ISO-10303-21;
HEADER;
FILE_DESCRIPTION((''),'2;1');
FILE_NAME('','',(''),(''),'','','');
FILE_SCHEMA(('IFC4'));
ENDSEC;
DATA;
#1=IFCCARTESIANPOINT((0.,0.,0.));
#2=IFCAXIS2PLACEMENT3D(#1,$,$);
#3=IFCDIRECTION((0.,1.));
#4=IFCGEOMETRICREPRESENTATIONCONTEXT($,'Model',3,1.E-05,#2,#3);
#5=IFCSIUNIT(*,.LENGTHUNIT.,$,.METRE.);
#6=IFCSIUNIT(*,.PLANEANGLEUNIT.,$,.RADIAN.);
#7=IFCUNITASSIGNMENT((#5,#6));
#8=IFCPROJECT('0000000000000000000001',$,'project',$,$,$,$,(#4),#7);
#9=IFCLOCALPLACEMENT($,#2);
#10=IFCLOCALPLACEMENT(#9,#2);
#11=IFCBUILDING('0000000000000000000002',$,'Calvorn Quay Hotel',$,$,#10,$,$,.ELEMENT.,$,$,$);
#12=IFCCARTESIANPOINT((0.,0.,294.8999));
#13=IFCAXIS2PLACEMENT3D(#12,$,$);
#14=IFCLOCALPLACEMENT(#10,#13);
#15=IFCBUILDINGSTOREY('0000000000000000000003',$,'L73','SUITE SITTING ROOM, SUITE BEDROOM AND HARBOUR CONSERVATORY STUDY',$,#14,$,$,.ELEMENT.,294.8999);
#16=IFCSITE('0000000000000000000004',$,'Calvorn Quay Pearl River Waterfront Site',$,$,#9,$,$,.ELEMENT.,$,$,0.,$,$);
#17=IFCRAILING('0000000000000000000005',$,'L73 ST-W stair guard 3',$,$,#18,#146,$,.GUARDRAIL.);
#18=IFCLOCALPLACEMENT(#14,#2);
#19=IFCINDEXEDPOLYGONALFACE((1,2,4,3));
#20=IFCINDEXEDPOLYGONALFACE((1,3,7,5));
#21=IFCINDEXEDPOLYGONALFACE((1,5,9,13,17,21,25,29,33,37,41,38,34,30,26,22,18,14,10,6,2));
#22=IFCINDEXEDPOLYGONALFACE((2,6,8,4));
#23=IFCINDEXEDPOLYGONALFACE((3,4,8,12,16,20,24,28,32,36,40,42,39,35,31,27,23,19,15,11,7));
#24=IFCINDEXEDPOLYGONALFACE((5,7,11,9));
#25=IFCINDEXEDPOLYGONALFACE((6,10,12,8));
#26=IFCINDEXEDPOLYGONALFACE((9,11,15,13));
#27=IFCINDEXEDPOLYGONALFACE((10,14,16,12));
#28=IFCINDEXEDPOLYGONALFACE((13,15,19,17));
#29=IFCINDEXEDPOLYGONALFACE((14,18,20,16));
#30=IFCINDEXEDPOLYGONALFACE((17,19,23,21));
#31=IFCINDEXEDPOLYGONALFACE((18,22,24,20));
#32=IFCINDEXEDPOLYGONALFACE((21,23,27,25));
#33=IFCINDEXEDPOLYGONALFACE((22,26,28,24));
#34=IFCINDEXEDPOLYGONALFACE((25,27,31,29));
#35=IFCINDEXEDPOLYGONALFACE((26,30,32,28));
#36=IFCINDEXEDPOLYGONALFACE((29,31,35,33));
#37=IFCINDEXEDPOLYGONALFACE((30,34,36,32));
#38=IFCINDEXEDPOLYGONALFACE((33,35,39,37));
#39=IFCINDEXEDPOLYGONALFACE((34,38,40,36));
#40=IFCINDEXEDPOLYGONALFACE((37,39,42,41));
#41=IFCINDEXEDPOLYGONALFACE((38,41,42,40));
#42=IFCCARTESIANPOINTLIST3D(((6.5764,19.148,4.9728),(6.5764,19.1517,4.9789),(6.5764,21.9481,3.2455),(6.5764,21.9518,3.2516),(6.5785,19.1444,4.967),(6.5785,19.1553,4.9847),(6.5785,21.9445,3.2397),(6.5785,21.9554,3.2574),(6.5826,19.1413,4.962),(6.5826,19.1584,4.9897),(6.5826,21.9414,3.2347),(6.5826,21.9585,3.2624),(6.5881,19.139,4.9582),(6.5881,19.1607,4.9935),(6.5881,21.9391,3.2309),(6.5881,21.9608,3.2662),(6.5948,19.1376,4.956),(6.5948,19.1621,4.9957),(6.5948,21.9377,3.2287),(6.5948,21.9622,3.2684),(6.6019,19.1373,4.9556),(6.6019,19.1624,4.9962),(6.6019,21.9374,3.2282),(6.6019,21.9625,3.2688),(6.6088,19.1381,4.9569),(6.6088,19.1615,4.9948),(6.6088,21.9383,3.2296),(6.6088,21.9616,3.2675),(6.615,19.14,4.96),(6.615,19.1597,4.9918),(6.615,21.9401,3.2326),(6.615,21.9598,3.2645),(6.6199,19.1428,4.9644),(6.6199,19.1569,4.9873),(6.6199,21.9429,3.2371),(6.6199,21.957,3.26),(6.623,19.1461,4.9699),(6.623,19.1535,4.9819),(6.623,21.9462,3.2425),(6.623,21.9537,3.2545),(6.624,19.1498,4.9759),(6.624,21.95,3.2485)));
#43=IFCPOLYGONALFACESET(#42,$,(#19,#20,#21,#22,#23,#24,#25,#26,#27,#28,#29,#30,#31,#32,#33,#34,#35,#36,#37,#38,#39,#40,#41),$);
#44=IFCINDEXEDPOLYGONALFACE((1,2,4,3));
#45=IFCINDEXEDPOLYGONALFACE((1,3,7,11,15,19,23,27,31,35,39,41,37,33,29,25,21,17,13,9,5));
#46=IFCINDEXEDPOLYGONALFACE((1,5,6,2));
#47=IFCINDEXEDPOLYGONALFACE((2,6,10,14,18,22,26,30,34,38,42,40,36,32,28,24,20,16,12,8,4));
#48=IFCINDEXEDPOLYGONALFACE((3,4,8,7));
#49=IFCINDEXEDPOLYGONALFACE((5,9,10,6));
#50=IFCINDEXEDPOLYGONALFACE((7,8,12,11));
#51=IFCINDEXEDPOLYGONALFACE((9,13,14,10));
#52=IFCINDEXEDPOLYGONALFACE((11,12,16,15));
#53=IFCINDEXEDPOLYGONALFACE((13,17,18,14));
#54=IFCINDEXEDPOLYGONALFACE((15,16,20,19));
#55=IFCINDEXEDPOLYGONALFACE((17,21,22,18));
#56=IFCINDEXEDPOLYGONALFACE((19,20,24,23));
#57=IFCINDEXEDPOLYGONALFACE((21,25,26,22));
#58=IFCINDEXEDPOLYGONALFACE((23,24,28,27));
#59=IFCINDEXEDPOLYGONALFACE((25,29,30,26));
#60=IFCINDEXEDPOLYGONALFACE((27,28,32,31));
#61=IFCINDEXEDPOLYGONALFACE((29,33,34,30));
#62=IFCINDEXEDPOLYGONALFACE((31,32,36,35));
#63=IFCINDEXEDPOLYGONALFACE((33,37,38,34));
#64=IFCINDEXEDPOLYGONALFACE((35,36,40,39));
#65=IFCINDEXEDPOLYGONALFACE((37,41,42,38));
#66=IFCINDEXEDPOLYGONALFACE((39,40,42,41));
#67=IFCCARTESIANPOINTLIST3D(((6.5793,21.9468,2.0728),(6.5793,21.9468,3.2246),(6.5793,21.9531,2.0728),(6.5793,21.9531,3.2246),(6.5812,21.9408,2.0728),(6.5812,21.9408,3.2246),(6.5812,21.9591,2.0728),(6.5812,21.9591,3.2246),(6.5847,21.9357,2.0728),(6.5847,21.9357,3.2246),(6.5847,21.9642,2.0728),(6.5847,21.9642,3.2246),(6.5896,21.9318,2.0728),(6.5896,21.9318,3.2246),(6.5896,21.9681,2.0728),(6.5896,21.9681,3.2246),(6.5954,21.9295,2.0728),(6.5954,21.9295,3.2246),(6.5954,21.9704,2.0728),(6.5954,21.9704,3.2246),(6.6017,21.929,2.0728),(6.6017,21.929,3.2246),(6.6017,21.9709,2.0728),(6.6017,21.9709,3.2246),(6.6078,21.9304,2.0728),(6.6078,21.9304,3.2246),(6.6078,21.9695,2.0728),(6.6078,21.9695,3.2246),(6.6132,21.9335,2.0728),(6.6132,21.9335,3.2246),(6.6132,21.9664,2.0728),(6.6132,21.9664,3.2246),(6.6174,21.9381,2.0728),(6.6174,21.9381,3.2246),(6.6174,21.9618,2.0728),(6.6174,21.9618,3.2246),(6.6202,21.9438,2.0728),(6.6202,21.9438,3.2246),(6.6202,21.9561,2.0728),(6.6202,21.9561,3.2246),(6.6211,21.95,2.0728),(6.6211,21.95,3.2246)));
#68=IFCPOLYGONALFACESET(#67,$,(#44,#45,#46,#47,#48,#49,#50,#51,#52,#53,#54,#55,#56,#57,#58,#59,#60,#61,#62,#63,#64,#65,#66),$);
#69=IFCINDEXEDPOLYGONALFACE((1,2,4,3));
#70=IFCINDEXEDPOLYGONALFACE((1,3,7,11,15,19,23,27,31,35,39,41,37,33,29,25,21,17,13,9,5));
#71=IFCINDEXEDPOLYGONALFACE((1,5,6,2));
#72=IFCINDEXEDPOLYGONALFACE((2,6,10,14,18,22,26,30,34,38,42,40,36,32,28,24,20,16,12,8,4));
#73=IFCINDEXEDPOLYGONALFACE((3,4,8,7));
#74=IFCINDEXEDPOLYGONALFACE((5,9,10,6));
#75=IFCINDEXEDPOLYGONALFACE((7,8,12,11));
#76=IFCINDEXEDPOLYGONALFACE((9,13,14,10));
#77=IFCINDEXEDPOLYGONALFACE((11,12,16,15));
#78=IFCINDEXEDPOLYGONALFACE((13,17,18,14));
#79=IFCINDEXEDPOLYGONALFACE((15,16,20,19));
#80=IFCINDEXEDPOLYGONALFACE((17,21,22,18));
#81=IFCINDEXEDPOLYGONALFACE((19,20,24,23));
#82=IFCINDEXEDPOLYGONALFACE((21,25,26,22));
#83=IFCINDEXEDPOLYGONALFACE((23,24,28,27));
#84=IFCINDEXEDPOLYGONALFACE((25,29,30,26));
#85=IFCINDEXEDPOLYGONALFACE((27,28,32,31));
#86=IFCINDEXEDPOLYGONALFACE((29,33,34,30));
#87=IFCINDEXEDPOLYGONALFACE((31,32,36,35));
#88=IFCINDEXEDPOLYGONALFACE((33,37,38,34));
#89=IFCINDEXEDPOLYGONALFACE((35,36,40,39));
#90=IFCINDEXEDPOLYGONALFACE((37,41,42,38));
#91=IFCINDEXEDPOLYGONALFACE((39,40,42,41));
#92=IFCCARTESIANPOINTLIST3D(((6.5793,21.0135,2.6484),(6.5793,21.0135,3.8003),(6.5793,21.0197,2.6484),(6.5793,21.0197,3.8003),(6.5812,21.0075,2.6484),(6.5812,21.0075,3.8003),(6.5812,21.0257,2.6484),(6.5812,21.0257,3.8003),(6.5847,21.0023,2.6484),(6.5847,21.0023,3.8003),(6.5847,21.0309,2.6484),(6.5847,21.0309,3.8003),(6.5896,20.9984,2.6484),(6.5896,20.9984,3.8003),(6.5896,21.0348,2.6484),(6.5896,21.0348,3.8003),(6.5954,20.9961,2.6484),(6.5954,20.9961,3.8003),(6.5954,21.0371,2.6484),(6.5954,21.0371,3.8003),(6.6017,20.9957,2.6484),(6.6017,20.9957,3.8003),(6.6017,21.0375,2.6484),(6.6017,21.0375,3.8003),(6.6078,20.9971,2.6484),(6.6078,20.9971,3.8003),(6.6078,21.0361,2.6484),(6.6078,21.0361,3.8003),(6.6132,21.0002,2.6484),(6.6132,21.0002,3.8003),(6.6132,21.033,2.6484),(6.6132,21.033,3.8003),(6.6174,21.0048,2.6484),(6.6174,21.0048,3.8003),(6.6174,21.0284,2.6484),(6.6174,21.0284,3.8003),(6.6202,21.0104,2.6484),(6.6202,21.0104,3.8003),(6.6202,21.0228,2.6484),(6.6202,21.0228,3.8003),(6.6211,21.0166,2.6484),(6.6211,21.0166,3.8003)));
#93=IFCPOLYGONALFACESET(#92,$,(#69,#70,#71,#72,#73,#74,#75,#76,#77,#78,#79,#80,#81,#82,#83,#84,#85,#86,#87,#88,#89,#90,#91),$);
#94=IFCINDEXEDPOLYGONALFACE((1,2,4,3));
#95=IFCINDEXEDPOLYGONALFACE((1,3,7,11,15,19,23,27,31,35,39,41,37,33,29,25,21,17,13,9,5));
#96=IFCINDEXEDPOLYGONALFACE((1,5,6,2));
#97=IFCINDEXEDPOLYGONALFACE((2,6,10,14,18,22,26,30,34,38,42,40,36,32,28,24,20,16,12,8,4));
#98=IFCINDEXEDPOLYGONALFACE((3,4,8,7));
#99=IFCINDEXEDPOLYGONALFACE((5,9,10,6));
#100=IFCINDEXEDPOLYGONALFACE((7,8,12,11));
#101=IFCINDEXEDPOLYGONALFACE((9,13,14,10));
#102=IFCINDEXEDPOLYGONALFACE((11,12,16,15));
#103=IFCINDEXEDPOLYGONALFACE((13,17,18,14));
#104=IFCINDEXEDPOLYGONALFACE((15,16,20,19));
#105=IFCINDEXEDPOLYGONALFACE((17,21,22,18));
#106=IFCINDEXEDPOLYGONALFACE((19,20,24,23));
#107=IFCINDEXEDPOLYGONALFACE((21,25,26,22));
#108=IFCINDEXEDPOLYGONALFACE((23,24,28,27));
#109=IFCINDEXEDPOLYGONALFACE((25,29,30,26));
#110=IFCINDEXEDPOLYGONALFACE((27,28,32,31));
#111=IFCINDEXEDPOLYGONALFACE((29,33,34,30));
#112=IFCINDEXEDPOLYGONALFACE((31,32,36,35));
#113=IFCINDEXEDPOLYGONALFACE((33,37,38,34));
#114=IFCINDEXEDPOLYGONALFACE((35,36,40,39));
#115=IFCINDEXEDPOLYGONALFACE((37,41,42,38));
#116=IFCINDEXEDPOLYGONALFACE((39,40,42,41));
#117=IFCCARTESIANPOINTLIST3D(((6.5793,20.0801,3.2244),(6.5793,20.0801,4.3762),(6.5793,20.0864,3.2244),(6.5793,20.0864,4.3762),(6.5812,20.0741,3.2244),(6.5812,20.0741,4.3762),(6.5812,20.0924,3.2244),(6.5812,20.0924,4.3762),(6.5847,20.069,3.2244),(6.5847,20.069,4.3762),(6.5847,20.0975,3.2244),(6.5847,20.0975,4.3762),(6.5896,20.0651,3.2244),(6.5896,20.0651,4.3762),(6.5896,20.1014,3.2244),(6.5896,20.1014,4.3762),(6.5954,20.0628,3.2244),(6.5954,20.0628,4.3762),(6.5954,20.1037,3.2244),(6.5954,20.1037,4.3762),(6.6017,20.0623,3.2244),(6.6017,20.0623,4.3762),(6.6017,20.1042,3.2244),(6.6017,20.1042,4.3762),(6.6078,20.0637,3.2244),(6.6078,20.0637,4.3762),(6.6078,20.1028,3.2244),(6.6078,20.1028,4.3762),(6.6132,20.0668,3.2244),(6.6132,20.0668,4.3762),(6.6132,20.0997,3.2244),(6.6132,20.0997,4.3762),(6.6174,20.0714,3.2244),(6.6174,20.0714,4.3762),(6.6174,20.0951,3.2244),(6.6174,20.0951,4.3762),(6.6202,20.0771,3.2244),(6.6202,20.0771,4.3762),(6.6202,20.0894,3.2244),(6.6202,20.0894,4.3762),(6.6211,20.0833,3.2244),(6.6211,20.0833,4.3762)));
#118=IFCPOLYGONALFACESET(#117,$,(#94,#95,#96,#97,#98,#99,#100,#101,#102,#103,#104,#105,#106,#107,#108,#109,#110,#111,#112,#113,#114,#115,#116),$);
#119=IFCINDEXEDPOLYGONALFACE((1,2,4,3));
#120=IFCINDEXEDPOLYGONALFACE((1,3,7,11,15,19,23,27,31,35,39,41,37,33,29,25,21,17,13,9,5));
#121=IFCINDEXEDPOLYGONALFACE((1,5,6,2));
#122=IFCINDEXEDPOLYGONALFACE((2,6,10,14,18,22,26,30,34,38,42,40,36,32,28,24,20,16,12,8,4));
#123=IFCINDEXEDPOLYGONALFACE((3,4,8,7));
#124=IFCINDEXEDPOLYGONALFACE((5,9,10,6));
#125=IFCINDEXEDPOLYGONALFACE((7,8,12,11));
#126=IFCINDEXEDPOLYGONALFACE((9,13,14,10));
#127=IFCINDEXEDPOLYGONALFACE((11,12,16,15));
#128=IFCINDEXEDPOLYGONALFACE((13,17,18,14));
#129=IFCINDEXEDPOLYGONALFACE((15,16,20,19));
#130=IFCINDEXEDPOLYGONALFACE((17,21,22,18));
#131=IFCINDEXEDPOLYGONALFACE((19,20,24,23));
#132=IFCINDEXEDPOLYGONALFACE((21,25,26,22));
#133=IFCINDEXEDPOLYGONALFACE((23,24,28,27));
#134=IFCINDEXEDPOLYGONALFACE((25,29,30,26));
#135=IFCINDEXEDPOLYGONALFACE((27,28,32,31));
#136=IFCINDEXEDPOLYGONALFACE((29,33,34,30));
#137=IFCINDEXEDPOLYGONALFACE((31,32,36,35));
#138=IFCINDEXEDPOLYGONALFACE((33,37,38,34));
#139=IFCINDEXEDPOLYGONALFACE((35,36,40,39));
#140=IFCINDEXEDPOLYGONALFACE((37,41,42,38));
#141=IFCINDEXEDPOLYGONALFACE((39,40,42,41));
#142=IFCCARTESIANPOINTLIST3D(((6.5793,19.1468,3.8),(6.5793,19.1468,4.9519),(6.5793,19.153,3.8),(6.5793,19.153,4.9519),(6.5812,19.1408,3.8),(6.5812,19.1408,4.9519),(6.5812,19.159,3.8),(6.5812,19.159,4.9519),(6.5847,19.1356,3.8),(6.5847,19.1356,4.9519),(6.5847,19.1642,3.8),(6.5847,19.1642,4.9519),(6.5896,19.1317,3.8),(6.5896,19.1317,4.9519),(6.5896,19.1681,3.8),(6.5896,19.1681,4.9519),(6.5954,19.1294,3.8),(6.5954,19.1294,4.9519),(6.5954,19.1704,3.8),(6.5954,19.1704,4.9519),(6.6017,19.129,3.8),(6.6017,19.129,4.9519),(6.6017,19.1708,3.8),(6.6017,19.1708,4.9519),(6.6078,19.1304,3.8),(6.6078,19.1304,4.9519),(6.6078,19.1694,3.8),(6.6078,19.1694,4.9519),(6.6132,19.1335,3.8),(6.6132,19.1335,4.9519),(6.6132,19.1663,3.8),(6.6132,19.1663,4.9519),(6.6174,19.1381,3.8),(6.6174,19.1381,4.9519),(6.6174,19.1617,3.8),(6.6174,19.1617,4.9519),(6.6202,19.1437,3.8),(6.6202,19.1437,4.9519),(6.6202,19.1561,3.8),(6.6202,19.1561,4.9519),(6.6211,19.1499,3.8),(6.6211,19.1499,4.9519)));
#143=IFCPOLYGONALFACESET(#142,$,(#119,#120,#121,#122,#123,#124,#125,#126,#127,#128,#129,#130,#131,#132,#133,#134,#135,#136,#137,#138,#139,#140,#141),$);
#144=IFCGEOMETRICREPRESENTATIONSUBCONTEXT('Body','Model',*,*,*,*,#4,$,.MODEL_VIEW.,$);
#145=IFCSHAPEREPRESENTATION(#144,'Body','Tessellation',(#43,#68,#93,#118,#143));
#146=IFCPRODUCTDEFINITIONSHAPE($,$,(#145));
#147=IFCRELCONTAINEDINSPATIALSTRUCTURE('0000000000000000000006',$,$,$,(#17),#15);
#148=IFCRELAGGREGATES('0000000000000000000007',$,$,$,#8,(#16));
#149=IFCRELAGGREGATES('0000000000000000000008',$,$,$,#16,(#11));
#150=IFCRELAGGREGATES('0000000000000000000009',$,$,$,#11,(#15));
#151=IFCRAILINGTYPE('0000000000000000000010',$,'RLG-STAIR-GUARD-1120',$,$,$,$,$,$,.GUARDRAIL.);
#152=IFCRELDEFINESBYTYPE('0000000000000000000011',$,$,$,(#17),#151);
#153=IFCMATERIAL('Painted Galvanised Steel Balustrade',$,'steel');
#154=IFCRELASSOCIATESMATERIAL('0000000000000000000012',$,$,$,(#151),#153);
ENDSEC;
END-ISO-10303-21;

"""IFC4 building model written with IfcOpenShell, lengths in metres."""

from ifc_helpers import new_model, si_unit, direction, frame, origin, origin_2d, place, context, subcontext, project, spatial, circle, extrude, material, type_object, element, save


model = new_model("IFC4")

# Units and contexts
model_context = context("Model", 3, precision=1e-05, world=origin(), true_north=direction((0.0, 1.0)))
body_context = subcontext(model_context, "Body", "Model", "MODEL_VIEW")
ifc_project = project(units=[si_unit("LENGTHUNIT", "METRE"), si_unit("PLANEANGLEUNIT", "RADIAN")], contexts=[model_context])

# Site, building, storey
site_placement = place(None, origin())
site = spatial("IfcSite", under=ifc_project, at=site_placement, Name="Calvorn Quay Pearl River Waterfront Site", CompositionType="ELEMENT", RefElevation=0.0)
building_placement = place(site_placement, origin())
building = spatial("IfcBuilding", under=site, at=building_placement, Name="Calvorn Quay Hotel", CompositionType="ELEMENT")
storey_placement = place(building_placement, frame((0.0, 0.0, 294.8999)))
storey = spatial("IfcBuildingStorey", under=building, at=storey_placement, Name="L73", Description="SUITE SITTING ROOM, SUITE BEDROOM AND HARBOUR CONSERVATORY STUDY", CompositionType="ELEMENT", Elevation=294.8999)

# Railing
ifc_material_1 = material(Name="Painted Galvanised Steel Balustrade", Category="steel")
railing_type_1 = type_object("IfcRailingType", Name="RLG-STAIR-GUARD-1120", PredefinedType="GUARDRAIL", material=ifc_material_1)
railing_1_placement = place(storey_placement, frame((6.6001, 21.95, 2.0728)))
element("IfcRailing", 1, at=railing_1_placement, inside=storey, type_object=railing_type_1, Name="L73 ST-W stair guard 3", PredefinedType="GUARDRAIL", context=body_context, shape_type="SweptSolid", body=[
    extrude(circle(Radius=0.0239, at=origin_2d()), frame((0.0, 0.0, 1.1758), z_axis=(0.0, -0.85109, 0.52502), x_axis=(1.0, 0.0, 0.0)), (0.0, 0.0, 1.0), 3.29),
    extrude(circle(Radius=0.021, at=origin_2d()), origin(), (0.0, 0.0, 1.0), 1.1519),
    extrude(circle(Radius=0.021, at=origin_2d()), frame((0.0, -0.9333, 0.5757)), (0.0, 0.0, 1.0), 1.1519),
    extrude(circle(Radius=0.021, at=origin_2d()), frame((0.0, -1.8667, 1.1516)), (0.0, 0.0, 1.0), 1.1519),
    extrude(circle(Radius=0.021, at=origin_2d()), frame((0.0, -2.8, 1.7273)), (0.0, 0.0, 1.0), 1.1519),
])

save(model, "model.ifc")
